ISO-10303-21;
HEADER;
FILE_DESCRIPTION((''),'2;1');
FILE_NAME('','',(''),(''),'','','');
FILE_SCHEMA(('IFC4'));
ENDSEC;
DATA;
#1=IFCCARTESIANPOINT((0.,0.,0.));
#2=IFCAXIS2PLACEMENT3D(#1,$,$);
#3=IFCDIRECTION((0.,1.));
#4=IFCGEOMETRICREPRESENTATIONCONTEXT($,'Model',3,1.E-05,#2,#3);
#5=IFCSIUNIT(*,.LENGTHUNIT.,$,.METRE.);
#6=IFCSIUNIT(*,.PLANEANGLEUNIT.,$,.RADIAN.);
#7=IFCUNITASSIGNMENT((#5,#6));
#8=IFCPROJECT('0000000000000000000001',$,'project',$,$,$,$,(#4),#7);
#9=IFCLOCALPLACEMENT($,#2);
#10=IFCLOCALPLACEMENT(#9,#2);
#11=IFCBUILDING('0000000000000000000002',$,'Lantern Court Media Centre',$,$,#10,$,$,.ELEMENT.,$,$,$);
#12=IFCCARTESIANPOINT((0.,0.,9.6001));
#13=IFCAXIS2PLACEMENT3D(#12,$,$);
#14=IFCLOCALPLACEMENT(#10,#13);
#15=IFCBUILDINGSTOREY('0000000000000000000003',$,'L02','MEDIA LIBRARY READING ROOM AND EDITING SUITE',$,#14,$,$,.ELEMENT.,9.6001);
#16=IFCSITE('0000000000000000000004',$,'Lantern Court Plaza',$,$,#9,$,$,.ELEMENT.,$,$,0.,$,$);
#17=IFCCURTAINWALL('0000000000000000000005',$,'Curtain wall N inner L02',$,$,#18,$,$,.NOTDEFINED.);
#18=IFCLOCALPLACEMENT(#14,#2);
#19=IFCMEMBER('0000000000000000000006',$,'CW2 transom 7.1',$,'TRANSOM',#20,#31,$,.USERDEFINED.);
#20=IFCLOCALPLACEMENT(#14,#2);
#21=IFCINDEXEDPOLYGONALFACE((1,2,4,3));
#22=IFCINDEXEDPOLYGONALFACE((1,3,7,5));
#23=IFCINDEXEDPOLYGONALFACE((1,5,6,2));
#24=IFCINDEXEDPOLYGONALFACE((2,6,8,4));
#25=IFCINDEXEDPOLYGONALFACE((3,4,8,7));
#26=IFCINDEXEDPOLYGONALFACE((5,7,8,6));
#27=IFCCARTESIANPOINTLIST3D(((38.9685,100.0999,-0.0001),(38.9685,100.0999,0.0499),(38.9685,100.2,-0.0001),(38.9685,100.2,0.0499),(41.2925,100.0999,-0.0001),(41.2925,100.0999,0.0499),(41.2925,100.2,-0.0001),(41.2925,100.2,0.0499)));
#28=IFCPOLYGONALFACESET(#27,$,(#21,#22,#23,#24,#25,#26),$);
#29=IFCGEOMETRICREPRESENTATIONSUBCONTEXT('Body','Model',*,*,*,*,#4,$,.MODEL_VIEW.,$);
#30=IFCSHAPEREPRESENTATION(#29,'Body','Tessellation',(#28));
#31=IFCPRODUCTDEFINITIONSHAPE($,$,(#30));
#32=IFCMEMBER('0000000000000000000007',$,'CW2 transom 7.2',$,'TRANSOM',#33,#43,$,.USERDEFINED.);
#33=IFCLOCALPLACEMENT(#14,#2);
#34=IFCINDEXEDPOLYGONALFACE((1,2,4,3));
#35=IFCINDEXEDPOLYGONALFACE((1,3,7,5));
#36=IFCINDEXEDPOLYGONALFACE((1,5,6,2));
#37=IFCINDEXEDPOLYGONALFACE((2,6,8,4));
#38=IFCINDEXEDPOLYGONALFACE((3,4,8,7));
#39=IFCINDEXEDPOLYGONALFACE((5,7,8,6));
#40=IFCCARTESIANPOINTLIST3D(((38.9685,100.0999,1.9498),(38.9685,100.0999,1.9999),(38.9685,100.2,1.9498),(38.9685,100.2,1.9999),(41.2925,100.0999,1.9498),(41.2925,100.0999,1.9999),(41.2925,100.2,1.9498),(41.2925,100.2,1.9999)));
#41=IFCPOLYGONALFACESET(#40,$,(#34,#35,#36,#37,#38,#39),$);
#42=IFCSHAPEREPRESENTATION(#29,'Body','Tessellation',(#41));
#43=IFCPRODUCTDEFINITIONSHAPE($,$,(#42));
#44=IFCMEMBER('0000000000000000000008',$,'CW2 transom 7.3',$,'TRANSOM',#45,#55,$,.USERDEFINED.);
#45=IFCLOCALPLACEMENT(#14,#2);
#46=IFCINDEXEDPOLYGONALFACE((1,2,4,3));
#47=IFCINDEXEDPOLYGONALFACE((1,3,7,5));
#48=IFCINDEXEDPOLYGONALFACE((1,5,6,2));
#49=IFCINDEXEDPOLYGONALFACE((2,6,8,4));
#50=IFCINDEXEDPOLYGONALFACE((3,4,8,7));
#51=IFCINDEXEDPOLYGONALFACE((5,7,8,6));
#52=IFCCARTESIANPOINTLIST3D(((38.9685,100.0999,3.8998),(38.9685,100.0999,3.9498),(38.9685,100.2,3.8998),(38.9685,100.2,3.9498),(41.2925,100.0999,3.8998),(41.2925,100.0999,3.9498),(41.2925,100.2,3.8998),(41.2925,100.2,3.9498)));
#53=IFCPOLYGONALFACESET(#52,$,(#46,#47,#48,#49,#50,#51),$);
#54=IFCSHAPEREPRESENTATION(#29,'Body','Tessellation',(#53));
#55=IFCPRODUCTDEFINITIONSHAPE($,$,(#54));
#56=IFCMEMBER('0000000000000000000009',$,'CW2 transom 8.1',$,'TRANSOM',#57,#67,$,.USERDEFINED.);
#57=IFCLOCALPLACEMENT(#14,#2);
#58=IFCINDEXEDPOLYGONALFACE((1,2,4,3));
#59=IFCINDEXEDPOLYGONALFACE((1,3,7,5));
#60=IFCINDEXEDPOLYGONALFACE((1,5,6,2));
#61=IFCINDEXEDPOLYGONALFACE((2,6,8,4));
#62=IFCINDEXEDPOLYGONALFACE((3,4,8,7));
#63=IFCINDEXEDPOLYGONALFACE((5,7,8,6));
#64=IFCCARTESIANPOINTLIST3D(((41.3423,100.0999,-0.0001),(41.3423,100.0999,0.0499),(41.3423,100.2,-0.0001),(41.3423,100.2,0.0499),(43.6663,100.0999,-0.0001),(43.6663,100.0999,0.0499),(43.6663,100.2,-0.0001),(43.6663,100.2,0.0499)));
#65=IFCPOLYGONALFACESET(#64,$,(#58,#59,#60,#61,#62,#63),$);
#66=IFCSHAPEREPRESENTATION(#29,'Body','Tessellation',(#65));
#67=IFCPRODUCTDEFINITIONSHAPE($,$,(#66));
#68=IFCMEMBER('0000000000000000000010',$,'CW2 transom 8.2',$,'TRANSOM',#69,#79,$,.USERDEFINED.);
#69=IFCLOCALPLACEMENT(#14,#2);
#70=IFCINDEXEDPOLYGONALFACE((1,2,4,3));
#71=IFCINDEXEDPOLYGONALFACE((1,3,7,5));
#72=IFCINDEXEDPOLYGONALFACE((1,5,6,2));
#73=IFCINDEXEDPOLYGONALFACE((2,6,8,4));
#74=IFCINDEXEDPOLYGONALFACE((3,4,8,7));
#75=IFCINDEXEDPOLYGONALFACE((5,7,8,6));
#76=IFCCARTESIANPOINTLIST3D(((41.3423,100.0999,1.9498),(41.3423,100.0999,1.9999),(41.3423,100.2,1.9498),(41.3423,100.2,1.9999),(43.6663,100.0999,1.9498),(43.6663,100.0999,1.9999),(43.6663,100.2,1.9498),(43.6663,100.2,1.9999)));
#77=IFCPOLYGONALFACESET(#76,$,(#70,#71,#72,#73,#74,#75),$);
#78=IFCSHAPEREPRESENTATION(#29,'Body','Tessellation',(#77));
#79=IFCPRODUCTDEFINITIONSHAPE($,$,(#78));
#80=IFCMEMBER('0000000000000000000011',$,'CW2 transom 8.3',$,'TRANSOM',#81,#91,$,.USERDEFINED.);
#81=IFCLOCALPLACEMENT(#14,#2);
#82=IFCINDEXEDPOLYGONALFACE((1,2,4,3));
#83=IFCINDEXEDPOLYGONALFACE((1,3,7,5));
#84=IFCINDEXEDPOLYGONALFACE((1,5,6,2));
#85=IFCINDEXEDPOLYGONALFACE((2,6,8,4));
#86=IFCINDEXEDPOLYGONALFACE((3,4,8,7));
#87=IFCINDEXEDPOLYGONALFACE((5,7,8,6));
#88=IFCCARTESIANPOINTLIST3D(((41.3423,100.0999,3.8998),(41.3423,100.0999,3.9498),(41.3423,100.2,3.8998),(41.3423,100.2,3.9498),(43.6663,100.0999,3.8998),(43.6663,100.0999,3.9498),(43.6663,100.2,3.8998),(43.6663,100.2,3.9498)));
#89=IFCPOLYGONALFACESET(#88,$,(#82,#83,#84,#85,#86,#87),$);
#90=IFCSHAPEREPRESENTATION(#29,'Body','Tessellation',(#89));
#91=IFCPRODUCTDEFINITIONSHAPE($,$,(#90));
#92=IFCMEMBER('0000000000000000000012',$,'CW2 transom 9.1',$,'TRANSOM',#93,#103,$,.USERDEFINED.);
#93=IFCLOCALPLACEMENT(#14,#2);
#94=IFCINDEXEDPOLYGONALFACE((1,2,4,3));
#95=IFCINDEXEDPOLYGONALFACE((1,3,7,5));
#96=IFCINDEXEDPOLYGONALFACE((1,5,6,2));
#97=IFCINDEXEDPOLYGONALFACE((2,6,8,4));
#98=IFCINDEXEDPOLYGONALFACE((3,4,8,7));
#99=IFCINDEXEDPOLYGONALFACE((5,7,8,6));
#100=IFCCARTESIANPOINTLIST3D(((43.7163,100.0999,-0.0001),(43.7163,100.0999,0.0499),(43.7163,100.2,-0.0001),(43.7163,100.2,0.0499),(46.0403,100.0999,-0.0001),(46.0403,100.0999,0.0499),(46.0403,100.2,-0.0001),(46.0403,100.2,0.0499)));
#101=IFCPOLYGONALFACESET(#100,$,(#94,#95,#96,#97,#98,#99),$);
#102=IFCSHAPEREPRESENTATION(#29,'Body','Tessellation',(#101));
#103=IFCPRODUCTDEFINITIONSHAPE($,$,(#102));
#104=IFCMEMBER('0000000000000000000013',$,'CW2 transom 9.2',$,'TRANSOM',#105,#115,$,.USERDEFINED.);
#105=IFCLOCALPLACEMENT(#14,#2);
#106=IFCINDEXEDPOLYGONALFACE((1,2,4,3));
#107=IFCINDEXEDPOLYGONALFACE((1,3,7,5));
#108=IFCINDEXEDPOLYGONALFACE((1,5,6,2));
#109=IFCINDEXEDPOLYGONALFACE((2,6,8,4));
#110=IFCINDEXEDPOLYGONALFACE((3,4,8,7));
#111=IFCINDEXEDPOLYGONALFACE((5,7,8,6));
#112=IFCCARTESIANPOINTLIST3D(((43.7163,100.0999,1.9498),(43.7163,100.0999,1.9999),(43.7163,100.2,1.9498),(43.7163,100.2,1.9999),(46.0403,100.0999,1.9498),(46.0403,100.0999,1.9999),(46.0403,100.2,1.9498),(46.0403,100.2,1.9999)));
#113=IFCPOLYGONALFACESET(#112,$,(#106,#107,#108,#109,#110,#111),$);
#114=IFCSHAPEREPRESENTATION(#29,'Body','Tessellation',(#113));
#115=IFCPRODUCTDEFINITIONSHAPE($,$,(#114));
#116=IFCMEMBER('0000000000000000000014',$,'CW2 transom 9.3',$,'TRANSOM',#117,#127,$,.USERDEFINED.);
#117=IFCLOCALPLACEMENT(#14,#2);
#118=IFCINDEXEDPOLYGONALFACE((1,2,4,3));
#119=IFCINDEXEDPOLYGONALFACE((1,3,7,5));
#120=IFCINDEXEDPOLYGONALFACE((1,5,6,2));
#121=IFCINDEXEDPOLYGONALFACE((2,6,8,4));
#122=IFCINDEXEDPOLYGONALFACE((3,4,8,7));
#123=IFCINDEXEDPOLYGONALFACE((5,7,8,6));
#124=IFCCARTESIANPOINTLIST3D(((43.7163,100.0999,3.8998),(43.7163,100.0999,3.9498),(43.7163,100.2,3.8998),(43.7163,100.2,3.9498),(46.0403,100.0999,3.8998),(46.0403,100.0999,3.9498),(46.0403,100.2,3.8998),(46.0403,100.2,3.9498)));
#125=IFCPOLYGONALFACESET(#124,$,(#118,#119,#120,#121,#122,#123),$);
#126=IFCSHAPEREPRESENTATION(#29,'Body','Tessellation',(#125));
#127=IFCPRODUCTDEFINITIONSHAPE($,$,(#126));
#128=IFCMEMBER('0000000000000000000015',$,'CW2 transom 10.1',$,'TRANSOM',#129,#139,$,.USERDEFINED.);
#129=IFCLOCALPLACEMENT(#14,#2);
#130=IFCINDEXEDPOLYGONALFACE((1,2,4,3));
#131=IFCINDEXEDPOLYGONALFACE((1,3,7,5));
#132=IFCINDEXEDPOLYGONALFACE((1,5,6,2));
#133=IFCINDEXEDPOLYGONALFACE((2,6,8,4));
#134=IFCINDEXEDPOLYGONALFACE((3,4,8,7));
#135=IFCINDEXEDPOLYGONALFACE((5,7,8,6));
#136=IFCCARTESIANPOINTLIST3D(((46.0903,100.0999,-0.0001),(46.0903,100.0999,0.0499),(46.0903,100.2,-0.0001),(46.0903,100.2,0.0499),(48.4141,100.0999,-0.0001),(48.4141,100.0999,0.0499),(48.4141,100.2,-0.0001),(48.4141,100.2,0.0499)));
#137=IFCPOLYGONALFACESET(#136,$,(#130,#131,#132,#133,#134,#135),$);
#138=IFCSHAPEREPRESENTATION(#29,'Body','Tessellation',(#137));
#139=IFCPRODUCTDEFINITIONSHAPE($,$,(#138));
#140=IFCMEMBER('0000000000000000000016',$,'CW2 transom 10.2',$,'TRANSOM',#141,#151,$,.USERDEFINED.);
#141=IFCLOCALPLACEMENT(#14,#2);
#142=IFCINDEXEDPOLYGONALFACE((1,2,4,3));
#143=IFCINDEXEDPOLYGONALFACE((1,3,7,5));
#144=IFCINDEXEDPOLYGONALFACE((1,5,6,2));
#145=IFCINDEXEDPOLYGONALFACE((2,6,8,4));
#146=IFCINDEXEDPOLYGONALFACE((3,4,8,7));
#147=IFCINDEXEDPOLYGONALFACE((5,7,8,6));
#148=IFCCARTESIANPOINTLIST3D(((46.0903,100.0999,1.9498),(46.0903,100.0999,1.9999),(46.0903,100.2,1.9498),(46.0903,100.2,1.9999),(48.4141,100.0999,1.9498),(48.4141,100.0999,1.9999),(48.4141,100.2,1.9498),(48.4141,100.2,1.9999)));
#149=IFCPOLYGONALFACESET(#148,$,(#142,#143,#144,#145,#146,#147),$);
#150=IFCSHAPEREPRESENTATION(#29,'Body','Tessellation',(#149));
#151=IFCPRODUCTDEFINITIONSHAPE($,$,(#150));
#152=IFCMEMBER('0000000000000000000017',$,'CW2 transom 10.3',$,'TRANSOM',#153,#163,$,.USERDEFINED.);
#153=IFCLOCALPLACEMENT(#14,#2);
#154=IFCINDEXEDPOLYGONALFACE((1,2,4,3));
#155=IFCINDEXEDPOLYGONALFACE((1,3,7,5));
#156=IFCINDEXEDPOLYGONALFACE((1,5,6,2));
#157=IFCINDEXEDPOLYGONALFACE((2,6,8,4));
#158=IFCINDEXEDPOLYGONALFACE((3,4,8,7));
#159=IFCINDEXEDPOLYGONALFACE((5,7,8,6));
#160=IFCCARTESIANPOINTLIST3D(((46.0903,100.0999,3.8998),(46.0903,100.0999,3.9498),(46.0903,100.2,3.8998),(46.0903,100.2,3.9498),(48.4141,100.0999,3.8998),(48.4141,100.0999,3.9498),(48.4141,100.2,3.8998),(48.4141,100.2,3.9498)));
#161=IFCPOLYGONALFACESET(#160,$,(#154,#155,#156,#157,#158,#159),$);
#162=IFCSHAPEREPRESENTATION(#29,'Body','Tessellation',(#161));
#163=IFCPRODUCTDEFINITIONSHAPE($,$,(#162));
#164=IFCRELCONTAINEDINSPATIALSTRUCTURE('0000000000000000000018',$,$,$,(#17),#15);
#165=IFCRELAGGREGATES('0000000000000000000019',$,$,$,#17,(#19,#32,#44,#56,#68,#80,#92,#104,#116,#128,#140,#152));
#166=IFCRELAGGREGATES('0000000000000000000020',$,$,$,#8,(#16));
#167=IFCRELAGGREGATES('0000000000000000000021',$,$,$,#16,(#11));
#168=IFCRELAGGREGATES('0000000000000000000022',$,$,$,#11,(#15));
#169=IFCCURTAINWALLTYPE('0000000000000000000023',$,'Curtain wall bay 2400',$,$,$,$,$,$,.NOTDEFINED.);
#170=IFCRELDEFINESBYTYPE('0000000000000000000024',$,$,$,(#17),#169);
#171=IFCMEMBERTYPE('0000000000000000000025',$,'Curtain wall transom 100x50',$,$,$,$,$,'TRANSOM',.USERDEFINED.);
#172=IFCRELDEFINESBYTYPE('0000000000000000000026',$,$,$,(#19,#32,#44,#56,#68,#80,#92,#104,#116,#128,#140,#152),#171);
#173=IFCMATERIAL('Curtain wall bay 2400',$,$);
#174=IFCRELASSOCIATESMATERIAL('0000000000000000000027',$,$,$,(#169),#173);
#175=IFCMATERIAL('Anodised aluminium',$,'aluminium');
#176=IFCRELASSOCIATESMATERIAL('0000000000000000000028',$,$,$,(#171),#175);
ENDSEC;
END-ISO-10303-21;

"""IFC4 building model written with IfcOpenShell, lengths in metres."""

from ifc_helpers import new_model, si_unit, direction, frame, origin, origin_2d, place, context, subcontext, project, spatial, rectangle, extrude, material, material_profile, profile_set, type_object, element, aggregate, save


model = new_model("IFC4")

# Units and contexts
model_context = context("Model", 3, precision=1e-05, world=origin(), true_north=direction((0.0, 1.0)))
body_context = subcontext(model_context, "Body", "Model", "MODEL_VIEW")
ifc_project = project(units=[si_unit("LENGTHUNIT", "METRE"), si_unit("PLANEANGLEUNIT", "RADIAN")], contexts=[model_context])

# Site, building, storey
site_placement = place(None, origin())
site = spatial("IfcSite", under=ifc_project, at=site_placement, Name="Lantern Court Plaza", CompositionType="ELEMENT", RefElevation=0.0)
building_placement = place(site_placement, origin())
building = spatial("IfcBuilding", under=site, at=building_placement, Name="Lantern Court Media Centre", CompositionType="ELEMENT")
storey_placement = place(building_placement, frame((0.0, 0.0, 9.6001)))
storey = spatial("IfcBuildingStorey", under=building, at=storey_placement, Name="L02", Description="MEDIA LIBRARY READING ROOM AND EDITING SUITE", CompositionType="ELEMENT", Elevation=9.6001)

# Curtain wall, members
ifc_material_1 = material(Name="Curtain wall bay 2400")
curtain_wall_type = type_object("IfcCurtainWallType", Name="Curtain wall bay 2400", PredefinedType="NOTDEFINED", material=ifc_material_1)
curtain_wall_placement = place(storey_placement, origin())
curtain_wall = element("IfcCurtainWall", 1, at=curtain_wall_placement, inside=storey, type_object=curtain_wall_type, Name="Curtain wall N inner L02", PredefinedType="NOTDEFINED")
ifc_material_2 = material(Name="Anodised aluminium", Category="aluminium")
ifc_material_profile_1 = material_profile(ifc_material_2, rectangle(XDim=0.1001, YDim=0.05, at=origin_2d()), Name="AL 50x100")
ifc_profile_set_1 = profile_set([ifc_material_profile_1], Name="Anodised aluminium")
member_type = type_object("IfcMemberType", Name="Curtain wall transom 100x50", ElementType="TRANSOM", PredefinedType="USERDEFINED", material=ifc_profile_set_1)
member_1_placement = place(storey_placement, frame((38.9685, 100.1499, 0.0249), z_axis=(1.0, 0.0, 0.0), x_axis=(0.0, 1.0, 0.0)))
member_1 = element("IfcMember", 2, at=member_1_placement, type_object=member_type, Name="CW2 transom 7.1", ObjectType="TRANSOM", PredefinedType="USERDEFINED", context=body_context, shape_type="SweptSolid", body=[
    extrude(rectangle(XDim=0.1001, YDim=0.05, at=origin_2d()), origin(), (0.0, 0.0, 1.0), 2.324),
])
member_2_placement = place(storey_placement, frame((38.9685, 100.1499, 1.9749), z_axis=(1.0, 0.0, 0.0), x_axis=(0.0, 1.0, 0.0)))
member_2 = element("IfcMember", 3, at=member_2_placement, type_object=member_type, Name="CW2 transom 7.2", ObjectType="TRANSOM", PredefinedType="USERDEFINED", context=body_context, shape_type="SweptSolid", body=[
    extrude(rectangle(XDim=0.1001, YDim=0.05, at=origin_2d()), origin(), (0.0, 0.0, 1.0), 2.324),
])
member_3_placement = place(storey_placement, frame((38.9685, 100.1499, 3.9248), z_axis=(1.0, 0.0, 0.0), x_axis=(0.0, 1.0, 0.0)))
member_3 = element("IfcMember", 4, at=member_3_placement, type_object=member_type, Name="CW2 transom 7.3", ObjectType="TRANSOM", PredefinedType="USERDEFINED", context=body_context, shape_type="SweptSolid", body=[
    extrude(rectangle(XDim=0.1001, YDim=0.05, at=origin_2d()), origin(), (0.0, 0.0, 1.0), 2.324),
])
member_4_placement = place(storey_placement, frame((41.3423, 100.1499, 0.0249), z_axis=(1.0, 0.0, 0.0), x_axis=(0.0, 1.0, 0.0)))
member_4 = element("IfcMember", 5, at=member_4_placement, type_object=member_type, Name="CW2 transom 8.1", ObjectType="TRANSOM", PredefinedType="USERDEFINED", context=body_context, shape_type="SweptSolid", body=[
    extrude(rectangle(XDim=0.1001, YDim=0.05, at=origin_2d()), origin(), (0.0, 0.0, 1.0), 2.324),
])
member_5_placement = place(storey_placement, frame((41.3423, 100.1499, 1.9749), z_axis=(1.0, 0.0, 0.0), x_axis=(0.0, 1.0, 0.0)))
member_5 = element("IfcMember", 6, at=member_5_placement, type_object=member_type, Name="CW2 transom 8.2", ObjectType="TRANSOM", PredefinedType="USERDEFINED", context=body_context, shape_type="SweptSolid", body=[
    extrude(rectangle(XDim=0.1001, YDim=0.05, at=origin_2d()), origin(), (0.0, 0.0, 1.0), 2.324),
])
member_6_placement = place(storey_placement, frame((41.3423, 100.1499, 3.9248), z_axis=(1.0, 0.0, 0.0), x_axis=(0.0, 1.0, 0.0)))
member_6 = element("IfcMember", 7, at=member_6_placement, type_object=member_type, Name="CW2 transom 8.3", ObjectType="TRANSOM", PredefinedType="USERDEFINED", context=body_context, shape_type="SweptSolid", body=[
    extrude(rectangle(XDim=0.1001, YDim=0.05, at=origin_2d()), origin(), (0.0, 0.0, 1.0), 2.324),
])
member_7_placement = place(storey_placement, frame((43.7163, 100.1499, 0.0249), z_axis=(1.0, 0.0, 0.0), x_axis=(0.0, 1.0, 0.0)))
member_7 = element("IfcMember", 8, at=member_7_placement, type_object=member_type, Name="CW2 transom 9.1", ObjectType="TRANSOM", PredefinedType="USERDEFINED", context=body_context, shape_type="SweptSolid", body=[
    extrude(rectangle(XDim=0.1001, YDim=0.05, at=origin_2d()), origin(), (0.0, 0.0, 1.0), 2.324),
])
member_8_placement = place(storey_placement, frame((43.7163, 100.1499, 1.9749), z_axis=(1.0, 0.0, 0.0), x_axis=(0.0, 1.0, 0.0)))
member_8 = element("IfcMember", 9, at=member_8_placement, type_object=member_type, Name="CW2 transom 9.2", ObjectType="TRANSOM", PredefinedType="USERDEFINED", context=body_context, shape_type="SweptSolid", body=[
    extrude(rectangle(XDim=0.1001, YDim=0.05, at=origin_2d()), origin(), (0.0, 0.0, 1.0), 2.324),
])
member_9_placement = place(storey_placement, frame((43.7163, 100.1499, 3.9248), z_axis=(1.0, 0.0, 0.0), x_axis=(0.0, 1.0, 0.0)))
member_9 = element("IfcMember", 10, at=member_9_placement, type_object=member_type, Name="CW2 transom 9.3", ObjectType="TRANSOM", PredefinedType="USERDEFINED", context=body_context, shape_type="SweptSolid", body=[
    extrude(rectangle(XDim=0.1001, YDim=0.05, at=origin_2d()), origin(), (0.0, 0.0, 1.0), 2.324),
])
member_10_placement = place(storey_placement, frame((46.0903, 100.1499, 0.0249), z_axis=(1.0, 0.0, 0.0), x_axis=(0.0, 1.0, 0.0)))
member_10 = element("IfcMember", 11, at=member_10_placement, type_object=member_type, Name="CW2 transom 10.1", ObjectType="TRANSOM", PredefinedType="USERDEFINED", context=body_context, shape_type="SweptSolid", body=[
    extrude(rectangle(XDim=0.1001, YDim=0.05, at=origin_2d()), origin(), (0.0, 0.0, 1.0), 2.3237),
])
member_11_placement = place(storey_placement, frame((46.0903, 100.1499, 1.9749), z_axis=(1.0, 0.0, 0.0), x_axis=(0.0, 1.0, 0.0)))
member_11 = element("IfcMember", 12, at=member_11_placement, type_object=member_type, Name="CW2 transom 10.2", ObjectType="TRANSOM", PredefinedType="USERDEFINED", context=body_context, shape_type="SweptSolid", body=[
    extrude(rectangle(XDim=0.1001, YDim=0.05, at=origin_2d()), origin(), (0.0, 0.0, 1.0), 2.3237),
])
member_12_placement = place(storey_placement, frame((46.0903, 100.1499, 3.9248), z_axis=(1.0, 0.0, 0.0), x_axis=(0.0, 1.0, 0.0)))
member_12 = element("IfcMember", 13, at=member_12_placement, type_object=member_type, Name="CW2 transom 10.3", ObjectType="TRANSOM", PredefinedType="USERDEFINED", context=body_context, shape_type="SweptSolid", body=[
    extrude(rectangle(XDim=0.1001, YDim=0.05, at=origin_2d()), origin(), (0.0, 0.0, 1.0), 2.3237),
])

aggregate(curtain_wall, [member_1, member_2, member_3, member_4, member_5, member_6, member_7, member_8, member_9, member_10, member_11, member_12])

save(model, "model.ifc")
